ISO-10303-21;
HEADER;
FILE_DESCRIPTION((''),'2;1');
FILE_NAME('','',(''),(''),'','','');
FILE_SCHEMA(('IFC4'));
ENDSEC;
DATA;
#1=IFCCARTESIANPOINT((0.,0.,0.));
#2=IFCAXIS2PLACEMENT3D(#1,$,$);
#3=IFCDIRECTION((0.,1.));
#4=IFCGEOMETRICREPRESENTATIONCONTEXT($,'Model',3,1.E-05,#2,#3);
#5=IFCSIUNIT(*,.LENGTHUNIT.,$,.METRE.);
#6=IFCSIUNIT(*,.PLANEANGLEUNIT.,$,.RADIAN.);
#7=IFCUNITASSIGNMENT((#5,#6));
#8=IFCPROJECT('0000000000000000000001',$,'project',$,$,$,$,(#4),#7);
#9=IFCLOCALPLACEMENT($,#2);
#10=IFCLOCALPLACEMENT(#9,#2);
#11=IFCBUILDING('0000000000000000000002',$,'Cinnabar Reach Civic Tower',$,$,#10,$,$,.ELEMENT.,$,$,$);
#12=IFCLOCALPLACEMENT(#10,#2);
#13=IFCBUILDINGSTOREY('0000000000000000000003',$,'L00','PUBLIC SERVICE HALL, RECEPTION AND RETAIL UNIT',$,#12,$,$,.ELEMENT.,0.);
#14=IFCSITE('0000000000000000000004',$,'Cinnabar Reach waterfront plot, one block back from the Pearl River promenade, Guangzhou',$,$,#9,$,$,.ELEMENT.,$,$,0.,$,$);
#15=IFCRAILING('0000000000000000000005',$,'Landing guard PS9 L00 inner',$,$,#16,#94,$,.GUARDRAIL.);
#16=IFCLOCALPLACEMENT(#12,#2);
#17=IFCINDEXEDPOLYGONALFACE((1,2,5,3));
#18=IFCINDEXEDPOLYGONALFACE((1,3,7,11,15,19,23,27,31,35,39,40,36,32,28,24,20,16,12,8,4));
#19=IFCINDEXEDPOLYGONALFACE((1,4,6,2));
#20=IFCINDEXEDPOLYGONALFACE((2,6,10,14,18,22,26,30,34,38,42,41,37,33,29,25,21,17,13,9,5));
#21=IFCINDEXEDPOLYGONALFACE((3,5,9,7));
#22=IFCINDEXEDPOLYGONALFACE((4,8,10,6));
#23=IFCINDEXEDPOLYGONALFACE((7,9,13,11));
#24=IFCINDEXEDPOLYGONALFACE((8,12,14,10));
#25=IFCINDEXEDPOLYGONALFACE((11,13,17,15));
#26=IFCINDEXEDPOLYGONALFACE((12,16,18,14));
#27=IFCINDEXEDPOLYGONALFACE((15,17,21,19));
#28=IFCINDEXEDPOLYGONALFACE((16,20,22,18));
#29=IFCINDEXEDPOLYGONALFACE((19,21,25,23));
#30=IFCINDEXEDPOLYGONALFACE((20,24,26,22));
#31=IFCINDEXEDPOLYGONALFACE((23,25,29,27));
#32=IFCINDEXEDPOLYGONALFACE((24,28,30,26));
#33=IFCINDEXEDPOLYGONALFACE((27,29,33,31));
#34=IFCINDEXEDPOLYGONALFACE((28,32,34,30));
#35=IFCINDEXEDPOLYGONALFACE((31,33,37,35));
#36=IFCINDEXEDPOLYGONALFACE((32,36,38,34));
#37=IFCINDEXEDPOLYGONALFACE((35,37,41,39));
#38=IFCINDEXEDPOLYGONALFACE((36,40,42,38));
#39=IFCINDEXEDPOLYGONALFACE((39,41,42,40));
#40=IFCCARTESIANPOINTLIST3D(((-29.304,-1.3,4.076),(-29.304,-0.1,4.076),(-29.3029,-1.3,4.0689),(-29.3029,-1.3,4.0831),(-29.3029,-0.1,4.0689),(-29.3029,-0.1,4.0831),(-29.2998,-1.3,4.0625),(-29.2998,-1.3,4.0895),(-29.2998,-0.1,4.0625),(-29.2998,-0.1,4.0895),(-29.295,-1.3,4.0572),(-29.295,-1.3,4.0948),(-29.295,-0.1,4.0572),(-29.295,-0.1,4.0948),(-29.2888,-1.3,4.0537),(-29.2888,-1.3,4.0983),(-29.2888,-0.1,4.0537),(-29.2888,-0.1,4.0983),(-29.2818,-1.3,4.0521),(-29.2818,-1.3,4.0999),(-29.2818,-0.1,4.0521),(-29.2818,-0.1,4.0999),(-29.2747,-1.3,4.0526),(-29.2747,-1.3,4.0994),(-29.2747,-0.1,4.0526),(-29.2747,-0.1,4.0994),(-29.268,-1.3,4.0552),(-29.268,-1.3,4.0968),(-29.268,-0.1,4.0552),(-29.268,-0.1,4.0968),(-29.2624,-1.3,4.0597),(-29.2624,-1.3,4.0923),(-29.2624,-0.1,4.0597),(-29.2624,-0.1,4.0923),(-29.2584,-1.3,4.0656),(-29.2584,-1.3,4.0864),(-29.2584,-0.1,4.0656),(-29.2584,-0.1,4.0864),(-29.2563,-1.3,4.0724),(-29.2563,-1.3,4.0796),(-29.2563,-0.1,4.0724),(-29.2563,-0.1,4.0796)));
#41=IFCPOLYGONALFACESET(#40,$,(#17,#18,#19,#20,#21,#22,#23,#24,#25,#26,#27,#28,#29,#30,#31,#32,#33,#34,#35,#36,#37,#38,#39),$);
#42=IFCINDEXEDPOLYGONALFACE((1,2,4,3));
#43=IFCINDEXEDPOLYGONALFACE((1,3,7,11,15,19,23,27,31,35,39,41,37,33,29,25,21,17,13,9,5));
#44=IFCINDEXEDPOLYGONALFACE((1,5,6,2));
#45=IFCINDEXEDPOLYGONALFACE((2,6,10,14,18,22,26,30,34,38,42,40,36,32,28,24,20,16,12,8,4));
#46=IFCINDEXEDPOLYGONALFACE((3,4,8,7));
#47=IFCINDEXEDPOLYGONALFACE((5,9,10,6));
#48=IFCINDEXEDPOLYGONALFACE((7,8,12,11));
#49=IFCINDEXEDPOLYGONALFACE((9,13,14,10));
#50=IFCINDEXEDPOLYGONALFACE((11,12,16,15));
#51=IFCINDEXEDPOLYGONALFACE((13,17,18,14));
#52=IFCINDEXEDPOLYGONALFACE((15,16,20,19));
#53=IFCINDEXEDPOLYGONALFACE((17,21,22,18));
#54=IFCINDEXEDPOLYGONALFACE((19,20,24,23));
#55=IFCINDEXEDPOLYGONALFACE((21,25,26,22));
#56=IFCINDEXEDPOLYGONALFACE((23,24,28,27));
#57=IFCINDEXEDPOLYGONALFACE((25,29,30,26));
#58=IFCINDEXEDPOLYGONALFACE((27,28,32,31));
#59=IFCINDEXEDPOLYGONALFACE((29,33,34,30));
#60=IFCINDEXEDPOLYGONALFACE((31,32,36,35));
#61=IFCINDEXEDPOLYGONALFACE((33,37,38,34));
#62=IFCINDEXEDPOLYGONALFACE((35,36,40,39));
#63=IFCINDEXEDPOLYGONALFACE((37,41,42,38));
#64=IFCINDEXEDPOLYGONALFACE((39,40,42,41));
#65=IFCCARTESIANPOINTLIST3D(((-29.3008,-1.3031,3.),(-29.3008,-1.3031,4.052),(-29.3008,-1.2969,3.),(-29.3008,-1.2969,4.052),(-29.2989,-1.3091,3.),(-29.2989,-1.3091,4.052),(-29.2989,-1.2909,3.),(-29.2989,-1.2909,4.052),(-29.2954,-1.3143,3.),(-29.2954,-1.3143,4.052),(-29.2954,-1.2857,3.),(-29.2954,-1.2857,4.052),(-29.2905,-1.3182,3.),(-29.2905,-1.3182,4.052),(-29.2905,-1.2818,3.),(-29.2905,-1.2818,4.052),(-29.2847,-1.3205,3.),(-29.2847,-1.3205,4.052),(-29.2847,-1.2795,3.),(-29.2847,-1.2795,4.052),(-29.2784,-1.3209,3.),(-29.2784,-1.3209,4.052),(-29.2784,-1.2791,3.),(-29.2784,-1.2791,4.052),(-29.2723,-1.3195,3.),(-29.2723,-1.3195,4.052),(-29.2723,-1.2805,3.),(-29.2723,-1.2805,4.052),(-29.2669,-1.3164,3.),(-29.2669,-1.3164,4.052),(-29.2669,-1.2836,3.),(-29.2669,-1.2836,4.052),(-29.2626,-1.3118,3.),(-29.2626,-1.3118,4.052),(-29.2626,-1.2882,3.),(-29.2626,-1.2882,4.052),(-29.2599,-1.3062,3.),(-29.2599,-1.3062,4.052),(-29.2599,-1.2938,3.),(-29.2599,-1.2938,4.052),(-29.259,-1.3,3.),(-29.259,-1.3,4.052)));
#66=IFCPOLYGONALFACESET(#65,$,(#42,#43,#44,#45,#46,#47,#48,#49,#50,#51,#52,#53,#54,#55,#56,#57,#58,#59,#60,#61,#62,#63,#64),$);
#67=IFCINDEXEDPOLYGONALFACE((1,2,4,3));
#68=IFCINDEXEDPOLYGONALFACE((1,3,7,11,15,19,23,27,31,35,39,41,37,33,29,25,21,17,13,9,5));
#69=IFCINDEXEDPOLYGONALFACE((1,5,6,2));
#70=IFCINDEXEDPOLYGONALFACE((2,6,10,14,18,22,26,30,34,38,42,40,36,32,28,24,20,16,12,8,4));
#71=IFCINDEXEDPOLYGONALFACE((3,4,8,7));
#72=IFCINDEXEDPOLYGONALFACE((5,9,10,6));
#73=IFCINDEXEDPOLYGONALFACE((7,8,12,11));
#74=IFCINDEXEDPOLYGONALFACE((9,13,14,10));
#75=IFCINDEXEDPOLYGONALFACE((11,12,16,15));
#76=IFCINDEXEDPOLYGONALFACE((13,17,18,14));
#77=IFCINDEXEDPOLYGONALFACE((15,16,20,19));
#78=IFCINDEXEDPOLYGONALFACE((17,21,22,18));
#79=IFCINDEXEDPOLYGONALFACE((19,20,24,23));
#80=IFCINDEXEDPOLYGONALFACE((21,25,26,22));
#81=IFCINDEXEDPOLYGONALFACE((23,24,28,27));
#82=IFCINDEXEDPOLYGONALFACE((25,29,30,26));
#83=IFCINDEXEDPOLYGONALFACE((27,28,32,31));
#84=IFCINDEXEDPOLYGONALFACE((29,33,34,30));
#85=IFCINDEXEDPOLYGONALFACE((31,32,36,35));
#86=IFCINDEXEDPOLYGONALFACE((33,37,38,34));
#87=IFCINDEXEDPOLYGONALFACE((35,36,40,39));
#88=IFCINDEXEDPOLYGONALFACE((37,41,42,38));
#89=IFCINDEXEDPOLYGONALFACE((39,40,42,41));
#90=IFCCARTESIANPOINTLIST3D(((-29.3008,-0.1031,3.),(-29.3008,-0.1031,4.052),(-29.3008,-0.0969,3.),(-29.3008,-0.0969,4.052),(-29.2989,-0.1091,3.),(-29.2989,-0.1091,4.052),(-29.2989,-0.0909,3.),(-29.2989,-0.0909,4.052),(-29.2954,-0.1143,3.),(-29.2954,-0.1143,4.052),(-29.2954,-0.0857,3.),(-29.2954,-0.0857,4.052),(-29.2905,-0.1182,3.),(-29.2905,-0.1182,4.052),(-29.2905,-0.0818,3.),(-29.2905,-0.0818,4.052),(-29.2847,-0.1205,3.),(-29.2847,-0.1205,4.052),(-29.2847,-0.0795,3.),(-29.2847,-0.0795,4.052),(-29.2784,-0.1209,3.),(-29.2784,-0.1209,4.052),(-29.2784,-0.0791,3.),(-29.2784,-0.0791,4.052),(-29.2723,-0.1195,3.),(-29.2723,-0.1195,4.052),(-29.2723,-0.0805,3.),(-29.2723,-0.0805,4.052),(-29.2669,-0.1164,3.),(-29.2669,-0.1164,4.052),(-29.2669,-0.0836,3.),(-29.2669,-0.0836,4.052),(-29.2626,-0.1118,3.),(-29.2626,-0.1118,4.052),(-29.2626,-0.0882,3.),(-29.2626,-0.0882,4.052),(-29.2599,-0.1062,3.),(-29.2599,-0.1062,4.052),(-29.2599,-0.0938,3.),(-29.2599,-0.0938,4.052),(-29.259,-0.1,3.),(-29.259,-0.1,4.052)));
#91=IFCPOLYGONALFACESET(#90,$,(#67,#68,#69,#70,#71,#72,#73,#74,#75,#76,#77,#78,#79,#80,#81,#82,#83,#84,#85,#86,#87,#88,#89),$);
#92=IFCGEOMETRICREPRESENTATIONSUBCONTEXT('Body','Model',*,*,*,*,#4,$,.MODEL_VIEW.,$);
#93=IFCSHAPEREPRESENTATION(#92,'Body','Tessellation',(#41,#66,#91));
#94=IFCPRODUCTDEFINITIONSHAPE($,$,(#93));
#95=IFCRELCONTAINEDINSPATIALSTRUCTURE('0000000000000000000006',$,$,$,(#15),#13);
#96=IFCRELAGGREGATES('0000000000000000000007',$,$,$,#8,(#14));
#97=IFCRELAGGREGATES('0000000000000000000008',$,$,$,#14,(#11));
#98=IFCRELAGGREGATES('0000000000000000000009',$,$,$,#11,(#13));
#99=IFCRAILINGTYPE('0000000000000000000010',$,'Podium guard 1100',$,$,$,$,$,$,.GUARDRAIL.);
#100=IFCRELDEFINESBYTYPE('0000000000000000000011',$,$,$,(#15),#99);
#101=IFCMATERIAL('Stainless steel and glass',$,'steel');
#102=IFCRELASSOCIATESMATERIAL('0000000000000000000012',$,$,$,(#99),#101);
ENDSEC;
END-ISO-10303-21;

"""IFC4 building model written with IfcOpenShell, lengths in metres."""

from ifc_helpers import new_model, si_unit, direction, frame, origin, origin_2d, place, context, subcontext, project, spatial, circle, extrude, material, type_object, element, save


model = new_model("IFC4")

# Units and contexts
model_context = context("Model", 3, precision=1e-05, world=origin(), true_north=direction((0.0, 1.0)))
body_context = subcontext(model_context, "Body", "Model", "MODEL_VIEW")
ifc_project = project(units=[si_unit("LENGTHUNIT", "METRE"), si_unit("PLANEANGLEUNIT", "RADIAN")], contexts=[model_context])

# Site, building, storey
site_placement = place(None, origin())
site = spatial("IfcSite", under=ifc_project, at=site_placement, Name="Cinnabar Reach waterfront plot, one block back from the Pearl River promenade, Guangzhou", CompositionType="ELEMENT", RefElevation=0.0)
building_placement = place(site_placement, origin())
building = spatial("IfcBuilding", under=site, at=building_placement, Name="Cinnabar Reach Civic Tower", CompositionType="ELEMENT")
storey_placement = place(building_placement, origin())
storey = spatial("IfcBuildingStorey", under=building, at=storey_placement, Name="L00", Description="PUBLIC SERVICE HALL, RECEPTION AND RETAIL UNIT", CompositionType="ELEMENT", Elevation=0.0)

# Railing
ifc_material_1 = material(Name="Stainless steel and glass", Category="steel")
railing_type_1 = type_object("IfcRailingType", Name="Podium guard 1100", PredefinedType="GUARDRAIL", material=ifc_material_1)
railing_1_placement = place(storey_placement, frame((-29.28, -1.3, 3.0)))
element("IfcRailing", 1, at=railing_1_placement, inside=storey, type_object=railing_type_1, Name="Landing guard PS9 L00 inner", PredefinedType="GUARDRAIL", context=body_context, shape_type="SweptSolid", body=[
    extrude(circle(Radius=0.024, at=origin_2d()), frame((0.0, 0.0, 1.076), z_axis=(0.0, 1.0, 0.0), x_axis=(-1.0, 0.0, 0.0)), (0.0, 0.0, 1.0), 1.2),
    extrude(circle(Radius=0.021, at=origin_2d()), origin(), (0.0, 0.0, 1.0), 1.052),
    extrude(circle(Radius=0.021, at=origin_2d()), frame((0.0, 1.2, 0.0)), (0.0, 0.0, 1.0), 1.052),
])

save(model, "model.ifc")
